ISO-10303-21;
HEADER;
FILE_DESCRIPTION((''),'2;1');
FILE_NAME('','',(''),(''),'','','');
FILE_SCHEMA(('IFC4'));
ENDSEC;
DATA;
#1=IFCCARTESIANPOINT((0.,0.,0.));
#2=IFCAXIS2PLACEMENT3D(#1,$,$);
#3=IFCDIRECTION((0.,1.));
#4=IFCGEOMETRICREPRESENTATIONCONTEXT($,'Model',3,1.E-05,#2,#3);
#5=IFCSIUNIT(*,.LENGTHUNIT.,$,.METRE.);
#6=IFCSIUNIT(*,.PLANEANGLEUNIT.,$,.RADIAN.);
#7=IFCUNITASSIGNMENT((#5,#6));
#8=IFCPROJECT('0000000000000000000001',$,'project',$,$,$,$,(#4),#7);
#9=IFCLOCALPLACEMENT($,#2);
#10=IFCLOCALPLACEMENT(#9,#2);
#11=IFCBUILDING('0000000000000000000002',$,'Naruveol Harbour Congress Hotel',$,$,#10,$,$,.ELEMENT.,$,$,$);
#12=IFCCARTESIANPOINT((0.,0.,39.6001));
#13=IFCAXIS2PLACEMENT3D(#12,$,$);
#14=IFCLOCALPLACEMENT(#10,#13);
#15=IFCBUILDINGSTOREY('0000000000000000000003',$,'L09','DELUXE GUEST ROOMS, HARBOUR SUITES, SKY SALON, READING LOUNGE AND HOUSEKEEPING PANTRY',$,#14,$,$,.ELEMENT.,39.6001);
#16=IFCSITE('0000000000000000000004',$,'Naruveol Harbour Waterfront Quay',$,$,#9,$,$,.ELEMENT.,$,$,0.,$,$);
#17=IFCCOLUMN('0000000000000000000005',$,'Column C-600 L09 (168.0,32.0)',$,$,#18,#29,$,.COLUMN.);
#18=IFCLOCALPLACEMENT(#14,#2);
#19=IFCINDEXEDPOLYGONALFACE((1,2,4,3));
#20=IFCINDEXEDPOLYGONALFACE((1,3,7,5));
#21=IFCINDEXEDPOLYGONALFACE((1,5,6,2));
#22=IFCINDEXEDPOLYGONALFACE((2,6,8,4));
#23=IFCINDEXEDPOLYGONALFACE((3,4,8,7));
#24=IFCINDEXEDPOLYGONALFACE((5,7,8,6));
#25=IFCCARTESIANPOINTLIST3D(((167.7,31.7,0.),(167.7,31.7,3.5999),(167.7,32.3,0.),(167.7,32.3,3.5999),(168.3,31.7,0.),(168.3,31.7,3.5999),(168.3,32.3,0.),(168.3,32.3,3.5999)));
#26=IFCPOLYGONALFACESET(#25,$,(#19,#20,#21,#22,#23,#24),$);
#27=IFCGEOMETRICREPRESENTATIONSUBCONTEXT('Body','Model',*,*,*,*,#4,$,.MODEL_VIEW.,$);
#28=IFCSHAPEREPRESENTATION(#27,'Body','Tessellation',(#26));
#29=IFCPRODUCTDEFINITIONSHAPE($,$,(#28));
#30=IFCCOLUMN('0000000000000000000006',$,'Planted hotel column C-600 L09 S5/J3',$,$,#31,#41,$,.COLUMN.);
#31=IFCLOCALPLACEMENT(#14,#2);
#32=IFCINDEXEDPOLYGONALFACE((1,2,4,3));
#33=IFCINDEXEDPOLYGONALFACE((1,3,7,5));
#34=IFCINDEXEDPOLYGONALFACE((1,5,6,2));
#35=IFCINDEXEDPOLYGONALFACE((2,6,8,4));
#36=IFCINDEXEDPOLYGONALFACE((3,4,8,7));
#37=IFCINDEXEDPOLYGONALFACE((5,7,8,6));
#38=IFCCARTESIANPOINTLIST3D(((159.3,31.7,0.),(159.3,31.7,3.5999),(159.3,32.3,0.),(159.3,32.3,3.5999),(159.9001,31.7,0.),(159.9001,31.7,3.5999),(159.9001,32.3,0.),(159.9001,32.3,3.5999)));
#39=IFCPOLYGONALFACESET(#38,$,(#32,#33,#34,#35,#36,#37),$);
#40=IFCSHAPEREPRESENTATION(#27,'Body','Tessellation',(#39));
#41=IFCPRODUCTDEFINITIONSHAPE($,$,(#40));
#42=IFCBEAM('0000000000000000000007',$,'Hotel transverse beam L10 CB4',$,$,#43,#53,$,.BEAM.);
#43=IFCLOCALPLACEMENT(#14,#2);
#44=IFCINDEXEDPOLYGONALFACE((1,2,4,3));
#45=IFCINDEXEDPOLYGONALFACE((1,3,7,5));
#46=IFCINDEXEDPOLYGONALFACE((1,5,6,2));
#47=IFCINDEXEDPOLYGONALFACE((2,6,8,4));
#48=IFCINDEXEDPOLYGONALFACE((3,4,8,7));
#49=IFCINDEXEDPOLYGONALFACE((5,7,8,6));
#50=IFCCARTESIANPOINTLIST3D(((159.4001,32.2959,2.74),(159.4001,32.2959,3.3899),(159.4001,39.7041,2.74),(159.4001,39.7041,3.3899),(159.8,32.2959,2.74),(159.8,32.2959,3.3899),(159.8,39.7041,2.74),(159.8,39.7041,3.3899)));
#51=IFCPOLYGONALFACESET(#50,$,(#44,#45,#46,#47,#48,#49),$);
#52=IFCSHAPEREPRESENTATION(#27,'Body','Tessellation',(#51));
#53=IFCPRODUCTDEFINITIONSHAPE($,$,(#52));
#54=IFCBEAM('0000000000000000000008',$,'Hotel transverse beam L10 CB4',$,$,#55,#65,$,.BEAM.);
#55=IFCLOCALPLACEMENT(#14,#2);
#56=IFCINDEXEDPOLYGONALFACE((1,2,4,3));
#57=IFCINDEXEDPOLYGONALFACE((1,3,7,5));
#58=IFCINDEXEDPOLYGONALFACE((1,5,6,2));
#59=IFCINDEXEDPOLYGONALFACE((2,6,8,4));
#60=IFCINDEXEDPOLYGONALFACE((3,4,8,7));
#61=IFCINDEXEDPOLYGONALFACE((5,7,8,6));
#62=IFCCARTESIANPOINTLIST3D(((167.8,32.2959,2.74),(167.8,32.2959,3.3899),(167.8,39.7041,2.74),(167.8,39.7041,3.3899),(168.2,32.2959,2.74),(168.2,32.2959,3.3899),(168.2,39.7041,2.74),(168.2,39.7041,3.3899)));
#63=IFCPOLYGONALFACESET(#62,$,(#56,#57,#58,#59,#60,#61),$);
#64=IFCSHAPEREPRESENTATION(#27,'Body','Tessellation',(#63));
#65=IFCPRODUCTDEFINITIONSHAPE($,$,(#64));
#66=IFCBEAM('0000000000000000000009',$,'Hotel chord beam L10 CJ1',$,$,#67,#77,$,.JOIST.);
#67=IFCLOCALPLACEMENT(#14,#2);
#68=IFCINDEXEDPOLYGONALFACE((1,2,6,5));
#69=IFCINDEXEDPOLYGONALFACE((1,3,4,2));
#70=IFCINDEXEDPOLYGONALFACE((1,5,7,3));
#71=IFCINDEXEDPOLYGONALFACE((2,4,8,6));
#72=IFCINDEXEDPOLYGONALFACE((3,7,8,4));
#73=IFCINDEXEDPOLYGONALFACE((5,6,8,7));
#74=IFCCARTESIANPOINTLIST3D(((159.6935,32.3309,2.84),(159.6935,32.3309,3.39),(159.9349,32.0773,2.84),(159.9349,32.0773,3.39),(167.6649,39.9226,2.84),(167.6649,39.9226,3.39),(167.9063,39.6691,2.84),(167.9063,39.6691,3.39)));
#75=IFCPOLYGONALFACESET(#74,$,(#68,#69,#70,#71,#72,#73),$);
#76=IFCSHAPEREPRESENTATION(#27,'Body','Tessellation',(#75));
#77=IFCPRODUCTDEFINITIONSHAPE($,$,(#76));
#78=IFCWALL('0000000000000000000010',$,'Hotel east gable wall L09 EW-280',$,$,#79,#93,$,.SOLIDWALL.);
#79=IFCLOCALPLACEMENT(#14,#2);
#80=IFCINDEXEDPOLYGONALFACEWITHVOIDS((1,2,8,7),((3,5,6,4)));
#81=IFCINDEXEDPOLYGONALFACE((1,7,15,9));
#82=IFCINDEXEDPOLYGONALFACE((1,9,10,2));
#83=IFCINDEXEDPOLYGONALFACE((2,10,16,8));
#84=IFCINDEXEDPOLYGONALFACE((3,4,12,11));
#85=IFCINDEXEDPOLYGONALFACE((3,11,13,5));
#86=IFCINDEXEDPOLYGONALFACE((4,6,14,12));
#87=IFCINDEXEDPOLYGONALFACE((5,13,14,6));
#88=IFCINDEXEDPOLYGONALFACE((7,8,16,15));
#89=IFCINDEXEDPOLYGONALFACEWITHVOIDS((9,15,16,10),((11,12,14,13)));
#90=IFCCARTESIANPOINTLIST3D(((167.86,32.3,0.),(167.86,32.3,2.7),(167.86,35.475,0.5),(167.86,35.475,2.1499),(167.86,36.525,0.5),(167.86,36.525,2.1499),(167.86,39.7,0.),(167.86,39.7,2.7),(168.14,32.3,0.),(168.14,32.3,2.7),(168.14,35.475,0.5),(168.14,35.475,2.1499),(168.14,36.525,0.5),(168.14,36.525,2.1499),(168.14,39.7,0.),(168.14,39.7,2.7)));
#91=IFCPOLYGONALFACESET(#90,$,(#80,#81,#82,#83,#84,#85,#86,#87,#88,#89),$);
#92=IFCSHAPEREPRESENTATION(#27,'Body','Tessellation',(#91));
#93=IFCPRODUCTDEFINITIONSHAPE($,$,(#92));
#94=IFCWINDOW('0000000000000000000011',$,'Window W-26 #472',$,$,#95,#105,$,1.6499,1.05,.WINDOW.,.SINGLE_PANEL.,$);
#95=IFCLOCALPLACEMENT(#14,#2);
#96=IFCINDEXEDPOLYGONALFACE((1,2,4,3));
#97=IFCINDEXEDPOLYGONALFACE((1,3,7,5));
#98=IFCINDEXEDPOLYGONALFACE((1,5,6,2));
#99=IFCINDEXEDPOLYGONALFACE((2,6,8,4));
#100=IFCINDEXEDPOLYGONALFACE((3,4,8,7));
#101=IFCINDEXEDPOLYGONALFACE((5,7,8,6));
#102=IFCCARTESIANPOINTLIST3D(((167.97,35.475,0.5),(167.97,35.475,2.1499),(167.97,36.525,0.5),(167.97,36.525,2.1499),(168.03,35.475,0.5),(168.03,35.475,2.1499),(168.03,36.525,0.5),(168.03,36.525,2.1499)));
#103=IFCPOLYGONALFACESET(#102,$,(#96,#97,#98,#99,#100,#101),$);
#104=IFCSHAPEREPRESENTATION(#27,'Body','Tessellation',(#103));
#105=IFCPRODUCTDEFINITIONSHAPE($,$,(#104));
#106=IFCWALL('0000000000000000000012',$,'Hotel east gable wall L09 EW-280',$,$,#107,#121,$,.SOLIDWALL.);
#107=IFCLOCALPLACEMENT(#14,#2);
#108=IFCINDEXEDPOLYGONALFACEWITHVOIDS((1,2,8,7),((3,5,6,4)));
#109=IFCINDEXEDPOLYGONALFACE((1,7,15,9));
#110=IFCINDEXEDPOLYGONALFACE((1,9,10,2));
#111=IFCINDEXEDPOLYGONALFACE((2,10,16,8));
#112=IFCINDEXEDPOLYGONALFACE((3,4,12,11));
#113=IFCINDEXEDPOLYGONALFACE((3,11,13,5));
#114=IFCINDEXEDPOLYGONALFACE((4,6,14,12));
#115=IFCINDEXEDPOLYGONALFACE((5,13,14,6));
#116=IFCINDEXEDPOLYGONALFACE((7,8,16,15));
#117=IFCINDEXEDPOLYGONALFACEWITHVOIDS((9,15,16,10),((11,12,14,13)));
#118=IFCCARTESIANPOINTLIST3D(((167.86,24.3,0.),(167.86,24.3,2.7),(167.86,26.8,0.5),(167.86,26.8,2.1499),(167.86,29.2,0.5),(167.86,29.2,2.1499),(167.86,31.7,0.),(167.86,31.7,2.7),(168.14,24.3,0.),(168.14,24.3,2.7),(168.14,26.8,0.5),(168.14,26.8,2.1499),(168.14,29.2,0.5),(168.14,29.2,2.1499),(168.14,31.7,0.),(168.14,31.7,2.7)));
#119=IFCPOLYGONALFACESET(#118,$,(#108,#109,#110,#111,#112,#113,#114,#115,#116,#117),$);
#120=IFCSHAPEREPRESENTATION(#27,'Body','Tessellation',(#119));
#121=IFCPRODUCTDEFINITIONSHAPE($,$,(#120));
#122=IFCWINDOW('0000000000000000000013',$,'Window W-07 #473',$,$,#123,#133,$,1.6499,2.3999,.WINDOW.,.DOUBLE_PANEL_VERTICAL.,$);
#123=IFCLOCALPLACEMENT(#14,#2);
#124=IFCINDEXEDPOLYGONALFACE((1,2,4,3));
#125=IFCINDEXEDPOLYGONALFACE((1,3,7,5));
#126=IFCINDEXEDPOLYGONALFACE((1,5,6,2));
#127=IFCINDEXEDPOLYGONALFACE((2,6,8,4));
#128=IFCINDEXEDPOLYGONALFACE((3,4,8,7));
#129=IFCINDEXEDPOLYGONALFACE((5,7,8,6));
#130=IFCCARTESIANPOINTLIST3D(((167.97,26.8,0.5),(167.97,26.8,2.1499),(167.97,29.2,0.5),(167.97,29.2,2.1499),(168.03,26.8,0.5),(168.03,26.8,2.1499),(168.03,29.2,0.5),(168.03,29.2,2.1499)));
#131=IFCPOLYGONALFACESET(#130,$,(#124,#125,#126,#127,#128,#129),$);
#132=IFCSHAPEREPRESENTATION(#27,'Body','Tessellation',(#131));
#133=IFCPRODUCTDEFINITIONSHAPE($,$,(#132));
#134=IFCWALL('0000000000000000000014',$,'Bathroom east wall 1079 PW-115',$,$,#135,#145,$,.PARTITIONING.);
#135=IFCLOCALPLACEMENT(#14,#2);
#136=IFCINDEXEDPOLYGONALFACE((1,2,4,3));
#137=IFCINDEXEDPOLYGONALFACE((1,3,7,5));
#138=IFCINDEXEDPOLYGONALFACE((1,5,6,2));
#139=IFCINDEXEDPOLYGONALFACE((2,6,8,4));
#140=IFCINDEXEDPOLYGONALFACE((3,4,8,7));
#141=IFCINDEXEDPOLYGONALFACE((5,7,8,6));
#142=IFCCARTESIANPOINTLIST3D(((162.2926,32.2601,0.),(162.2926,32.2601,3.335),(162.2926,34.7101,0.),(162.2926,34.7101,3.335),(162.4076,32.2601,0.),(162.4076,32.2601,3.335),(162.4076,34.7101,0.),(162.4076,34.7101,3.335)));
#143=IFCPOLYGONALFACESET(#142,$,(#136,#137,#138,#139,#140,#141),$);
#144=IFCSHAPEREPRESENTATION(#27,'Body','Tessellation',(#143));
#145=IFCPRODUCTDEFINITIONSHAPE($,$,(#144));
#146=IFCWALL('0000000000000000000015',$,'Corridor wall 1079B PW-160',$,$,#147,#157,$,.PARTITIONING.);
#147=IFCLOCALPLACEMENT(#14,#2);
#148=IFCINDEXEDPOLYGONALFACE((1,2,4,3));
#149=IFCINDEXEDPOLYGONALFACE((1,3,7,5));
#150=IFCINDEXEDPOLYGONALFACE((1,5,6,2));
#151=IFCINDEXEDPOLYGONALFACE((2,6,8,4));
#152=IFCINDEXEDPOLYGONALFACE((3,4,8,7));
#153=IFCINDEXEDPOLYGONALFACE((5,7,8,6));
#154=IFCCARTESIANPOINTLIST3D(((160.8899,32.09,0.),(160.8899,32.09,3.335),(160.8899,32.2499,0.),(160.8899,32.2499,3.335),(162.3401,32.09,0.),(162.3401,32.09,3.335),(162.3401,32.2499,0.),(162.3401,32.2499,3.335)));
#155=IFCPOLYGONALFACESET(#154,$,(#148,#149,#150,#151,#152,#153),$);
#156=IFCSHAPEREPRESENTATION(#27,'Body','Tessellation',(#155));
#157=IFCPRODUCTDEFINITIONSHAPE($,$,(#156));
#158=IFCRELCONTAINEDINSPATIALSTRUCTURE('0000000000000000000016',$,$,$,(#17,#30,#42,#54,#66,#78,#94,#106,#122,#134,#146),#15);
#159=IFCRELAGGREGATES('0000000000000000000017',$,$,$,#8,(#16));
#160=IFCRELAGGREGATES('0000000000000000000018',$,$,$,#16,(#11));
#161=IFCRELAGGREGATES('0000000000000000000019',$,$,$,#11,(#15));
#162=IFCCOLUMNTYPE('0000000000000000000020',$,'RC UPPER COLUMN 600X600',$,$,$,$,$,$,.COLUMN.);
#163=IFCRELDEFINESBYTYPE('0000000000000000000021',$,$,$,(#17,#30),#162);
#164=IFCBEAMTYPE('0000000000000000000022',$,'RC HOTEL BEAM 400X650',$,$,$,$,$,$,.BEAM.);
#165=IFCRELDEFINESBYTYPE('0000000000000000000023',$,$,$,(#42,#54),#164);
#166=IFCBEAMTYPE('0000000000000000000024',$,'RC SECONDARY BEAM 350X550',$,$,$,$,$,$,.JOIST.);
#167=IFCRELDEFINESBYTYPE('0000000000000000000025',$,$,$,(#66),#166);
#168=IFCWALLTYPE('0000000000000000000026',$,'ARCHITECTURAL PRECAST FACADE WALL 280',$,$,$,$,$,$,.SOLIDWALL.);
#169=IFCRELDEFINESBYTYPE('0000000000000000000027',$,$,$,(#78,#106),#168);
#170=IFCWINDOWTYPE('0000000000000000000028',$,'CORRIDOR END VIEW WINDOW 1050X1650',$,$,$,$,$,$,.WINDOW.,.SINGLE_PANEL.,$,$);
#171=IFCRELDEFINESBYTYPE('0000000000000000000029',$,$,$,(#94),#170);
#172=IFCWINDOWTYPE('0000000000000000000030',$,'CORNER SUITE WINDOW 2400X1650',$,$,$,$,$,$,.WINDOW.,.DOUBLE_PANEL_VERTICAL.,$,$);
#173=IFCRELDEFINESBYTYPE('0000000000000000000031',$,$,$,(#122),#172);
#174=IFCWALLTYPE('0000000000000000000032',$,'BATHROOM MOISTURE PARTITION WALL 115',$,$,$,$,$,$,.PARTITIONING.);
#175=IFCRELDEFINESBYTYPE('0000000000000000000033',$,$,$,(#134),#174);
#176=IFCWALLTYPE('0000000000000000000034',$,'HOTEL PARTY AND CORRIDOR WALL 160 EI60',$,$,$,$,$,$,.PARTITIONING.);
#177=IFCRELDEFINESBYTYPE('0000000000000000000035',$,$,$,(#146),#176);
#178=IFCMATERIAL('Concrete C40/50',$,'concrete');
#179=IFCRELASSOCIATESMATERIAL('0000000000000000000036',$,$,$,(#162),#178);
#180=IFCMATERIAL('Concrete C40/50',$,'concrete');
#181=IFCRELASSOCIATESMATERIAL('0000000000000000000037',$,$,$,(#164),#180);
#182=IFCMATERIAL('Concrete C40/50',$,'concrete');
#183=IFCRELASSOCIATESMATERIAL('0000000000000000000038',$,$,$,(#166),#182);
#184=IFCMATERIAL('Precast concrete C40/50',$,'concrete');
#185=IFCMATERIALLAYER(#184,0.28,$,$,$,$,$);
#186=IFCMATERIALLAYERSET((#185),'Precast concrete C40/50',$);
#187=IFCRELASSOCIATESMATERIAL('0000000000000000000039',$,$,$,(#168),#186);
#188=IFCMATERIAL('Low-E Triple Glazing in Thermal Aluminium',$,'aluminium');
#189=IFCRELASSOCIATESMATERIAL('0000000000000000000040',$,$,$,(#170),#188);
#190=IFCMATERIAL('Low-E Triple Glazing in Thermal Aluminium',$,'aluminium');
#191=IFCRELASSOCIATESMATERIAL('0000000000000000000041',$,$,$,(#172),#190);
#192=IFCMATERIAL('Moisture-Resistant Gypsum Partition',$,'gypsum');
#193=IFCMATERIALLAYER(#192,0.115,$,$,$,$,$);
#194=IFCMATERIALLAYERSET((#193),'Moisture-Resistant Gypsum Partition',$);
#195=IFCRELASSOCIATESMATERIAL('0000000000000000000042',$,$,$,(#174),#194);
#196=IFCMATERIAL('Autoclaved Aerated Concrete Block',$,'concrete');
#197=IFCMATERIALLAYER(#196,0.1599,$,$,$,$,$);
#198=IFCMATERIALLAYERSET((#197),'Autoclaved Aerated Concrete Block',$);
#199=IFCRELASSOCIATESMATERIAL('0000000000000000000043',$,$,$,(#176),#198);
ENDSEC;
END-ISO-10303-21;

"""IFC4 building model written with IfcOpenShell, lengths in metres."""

from ifc_helpers import new_model, si_unit, direction, frame, frame_2d, origin, origin_2d, place, context, subcontext, project, spatial, rectangle, extrude, material, layer, layer_set, material_profile, profile_set, type_object, element, fill, save


model = new_model("IFC4")

# Units and contexts
model_context = context("Model", 3, precision=1e-05, world=origin(), true_north=direction((0.0, 1.0)))
body_context = subcontext(model_context, "Body", "Model", "MODEL_VIEW")
ifc_project = project(units=[si_unit("LENGTHUNIT", "METRE"), si_unit("PLANEANGLEUNIT", "RADIAN")], contexts=[model_context])

# Site, building, storey
site_placement = place(None, origin())
site = spatial("IfcSite", under=ifc_project, at=site_placement, Name="Naruveol Harbour Waterfront Quay", CompositionType="ELEMENT", RefElevation=0.0)
building_placement = place(site_placement, origin())
building = spatial("IfcBuilding", under=site, at=building_placement, Name="Naruveol Harbour Congress Hotel", CompositionType="ELEMENT")
storey_placement = place(building_placement, frame((0.0, 0.0, 39.6001)))
storey = spatial("IfcBuildingStorey", under=building, at=storey_placement, Name="L09", Description="DELUXE GUEST ROOMS, HARBOUR SUITES, SKY SALON, READING LOUNGE AND HOUSEKEEPING PANTRY", CompositionType="ELEMENT", Elevation=39.6001)

# Columns
ifc_material_1 = material(Name="Concrete C40/50", Category="concrete")
ifc_material_profile_1 = material_profile(ifc_material_1, rectangle(XDim=0.6001, YDim=0.6001, at=origin_2d()), Name="RC-600x600")
ifc_profile_set_1 = profile_set([ifc_material_profile_1], Name="Concrete C40/50")
column_type = type_object("IfcColumnType", Name="RC UPPER COLUMN 600X600", PredefinedType="COLUMN", material=ifc_profile_set_1)
for number, where, z_axis, x_axis, name in (
    (1, (168.0, 32.0, 0.0), (0.0, 0.0, 1.0), (1.0, 0.0, 0.0), "Column C-600 L09 (168.0,32.0)"),
    (2, (159.6001, 32.0, 0.0), (0.0, 0.0, 1.0), (1.0, 0.0, 0.0), "Planted hotel column C-600 L09 S5/J3"),
):
    element("IfcColumn", number, at=place(storey_placement, frame(where, z_axis=z_axis, x_axis=x_axis)), inside=storey, type_object=column_type, Name=name, PredefinedType="COLUMN", context=body_context, shape_type="SweptSolid", body=[
        extrude(rectangle(XDim=0.6001, YDim=0.6001, at=origin_2d()), origin(), (0.0, 0.0, 1.0), 3.5999),
    ])

# Beams
ifc_material_2 = material(Name="Concrete C40/50", Category="concrete")
ifc_material_profile_2 = material_profile(ifc_material_2, rectangle(XDim=0.3999, YDim=0.6499, at=origin_2d()), Name="RCB-400x650")
ifc_profile_set_2 = profile_set([ifc_material_profile_2], Name="Concrete C40/50")
beam_type_1 = type_object("IfcBeamType", Name="RC HOTEL BEAM 400X650", PredefinedType="BEAM", material=ifc_profile_set_2)
for number, where, z_axis, x_axis, name in (
    (3, (159.6001, 32.2959, 3.0649), (0.0, 1.0, 0.0), (-1.0, 0.0, 0.0), "Hotel transverse beam L10 CB4"),
    (4, (168.0, 32.2959, 3.0649), (0.0, 1.0, 0.0), (-1.0, 0.0, 0.0), "Hotel transverse beam L10 CB4"),
):
    element("IfcBeam", number, at=place(storey_placement, frame(where, z_axis=z_axis, x_axis=x_axis)), inside=storey, type_object=beam_type_1, Name=name, PredefinedType="BEAM", context=body_context, shape_type="SweptSolid", body=[
        extrude(rectangle(XDim=0.3999, YDim=0.6499, at=origin_2d()), origin(), (0.0, 0.0, 1.0), 7.4082),
    ])
ifc_material_3 = material(Name="Concrete C40/50", Category="concrete")
ifc_material_profile_3 = material_profile(ifc_material_3, rectangle(XDim=0.3501, YDim=0.55, at=origin_2d()), Name="RCB-350x550")
ifc_profile_set_3 = profile_set([ifc_material_profile_3], Name="Concrete C40/50")
beam_type_2 = type_object("IfcBeamType", Name="RC SECONDARY BEAM 350X550", PredefinedType="JOIST", material=ifc_profile_set_3)
beam_placement = place(storey_placement, frame((159.8142, 32.2041, 3.115), z_axis=(0.72414, 0.689653, 0.0), x_axis=(-0.689653, 0.72414, 0.0)))
element("IfcBeam", 5, at=beam_placement, inside=storey, type_object=beam_type_2, Name="Hotel chord beam L10 CJ1", PredefinedType="JOIST", context=body_context, shape_type="SweptSolid", body=[
    extrude(rectangle(XDim=0.3501, YDim=0.55, at=origin_2d()), origin(), (0.0, 0.0, 1.0), 11.0081),
])

# Walls, openings, windows
ifc_material_4 = material(Name="Precast concrete C40/50", Category="concrete")
ifc_layer_1 = layer(ifc_material_4, 0.28)
ifc_layer_set_1 = layer_set([ifc_layer_1], Name="Precast concrete C40/50")
wall_type_1 = type_object("IfcWallType", Name="ARCHITECTURAL PRECAST FACADE WALL 280", PredefinedType="SOLIDWALL", material=ifc_layer_set_1)
wall_1_placement = place(storey_placement, frame((168.0, 39.7, 0.0), z_axis=(0.0, 0.0, 1.0), x_axis=(0.0, -1.0, 0.0)))
wall_1 = element("IfcWall", 6, at=wall_1_placement, inside=storey, type_object=wall_type_1, Name="Hotel east gable wall L09 EW-280", PredefinedType="SOLIDWALL", context=body_context, shape_type="SweptSolid", body=[
    extrude(rectangle(XDim=7.3999, YDim=0.28, at=frame_2d((3.7, 0.0))), origin(), (0.0, 0.0, 1.0), 2.7),
])
opening_1_placement = place(wall_1_placement, frame((3.175, 0.0, 0.5)))
opening_1 = element("IfcOpeningElement", 7, at=opening_1_placement, cuts=wall_1, PredefinedType="OPENING", context=body_context, shape_type="SweptSolid", body=[
    extrude(rectangle(XDim=1.05, YDim=1.6499, at=frame_2d((0.5249, 0.825))), frame((0.0, 0.1499, 0.0), z_axis=(0.0, -1.0, 0.0), x_axis=(1.0, 0.0, 0.0)), (0.0, 0.0, 1.0), 0.3),
])
ifc_material_5 = material(Name="Low-E Triple Glazing in Thermal Aluminium", Category="aluminium")
window_type_1 = type_object("IfcWindowType", Name="CORRIDOR END VIEW WINDOW 1050X1650", PartitioningType="SINGLE_PANEL", PredefinedType="WINDOW", material=ifc_material_5)
window_1_placement = place(opening_1_placement, origin())
window_1 = element("IfcWindow", 8, at=window_1_placement, inside=storey, type_object=window_type_1, Name="Window W-26 #472", OverallHeight=1.6499, OverallWidth=1.05, PartitioningType="SINGLE_PANEL", PredefinedType="WINDOW", context=body_context, shape_type="SweptSolid", body=[
    extrude(rectangle(XDim=1.05, YDim=1.6499, at=frame_2d((0.5249, 0.825))), frame((0.0, 0.03, 0.0), z_axis=(0.0, -1.0, 0.0), x_axis=(1.0, 0.0, 0.0)), (0.0, 0.0, 1.0), 0.0601),
])
fill(opening_1, window_1)
wall_2_placement = place(storey_placement, frame((168.0, 31.7, 0.0), z_axis=(0.0, 0.0, 1.0), x_axis=(0.0, -1.0, 0.0)))
wall_2 = element("IfcWall", 9, at=wall_2_placement, inside=storey, type_object=wall_type_1, Name="Hotel east gable wall L09 EW-280", PredefinedType="SOLIDWALL", context=body_context, shape_type="SweptSolid", body=[
    extrude(rectangle(XDim=7.3999, YDim=0.28, at=frame_2d((3.7, 0.0))), origin(), (0.0, 0.0, 1.0), 2.7),
])
opening_2_placement = place(wall_2_placement, frame((2.5, 0.0, 0.5)))
opening_2 = element("IfcOpeningElement", 10, at=opening_2_placement, cuts=wall_2, PredefinedType="OPENING", context=body_context, shape_type="SweptSolid", body=[
    extrude(rectangle(XDim=2.3999, YDim=1.6499, at=frame_2d((1.2, 0.825))), frame((0.0, 0.1499, 0.0), z_axis=(0.0, -1.0, 0.0), x_axis=(1.0, 0.0, 0.0)), (0.0, 0.0, 1.0), 0.3),
])
ifc_material_6 = material(Name="Low-E Triple Glazing in Thermal Aluminium", Category="aluminium")
window_type_2 = type_object("IfcWindowType", Name="CORNER SUITE WINDOW 2400X1650", PartitioningType="DOUBLE_PANEL_VERTICAL", PredefinedType="WINDOW", material=ifc_material_6)
window_2_placement = place(opening_2_placement, origin())
window_2 = element("IfcWindow", 11, at=window_2_placement, inside=storey, type_object=window_type_2, Name="Window W-07 #473", OverallHeight=1.6499, OverallWidth=2.3999, PartitioningType="DOUBLE_PANEL_VERTICAL", PredefinedType="WINDOW", context=body_context, shape_type="SweptSolid", body=[
    extrude(rectangle(XDim=2.3999, YDim=1.6499, at=frame_2d((1.2, 0.825))), frame((0.0, 0.03, 0.0), z_axis=(0.0, -1.0, 0.0), x_axis=(1.0, 0.0, 0.0)), (0.0, 0.0, 1.0), 0.0601),
])
fill(opening_2, window_2)

# Wall
ifc_material_7 = material(Name="Moisture-Resistant Gypsum Partition", Category="gypsum")
ifc_layer_2 = layer(ifc_material_7, 0.115)
ifc_layer_set_2 = layer_set([ifc_layer_2], Name="Moisture-Resistant Gypsum Partition")
wall_type_2 = type_object("IfcWallType", Name="BATHROOM MOISTURE PARTITION WALL 115", PredefinedType="PARTITIONING", material=ifc_layer_set_2)
wall_3_placement = place(storey_placement, frame((162.3501, 32.26, 0.0), z_axis=(0.0, 0.0, 1.0), x_axis=(0.0, 1.0, 0.0)))
element("IfcWall", 12, at=wall_3_placement, inside=storey, type_object=wall_type_2, Name="Bathroom east wall 1079 PW-115", PredefinedType="PARTITIONING", context=body_context, shape_type="SweptSolid", body=[
    extrude(rectangle(XDim=2.45, YDim=0.115, at=frame_2d((1.2251, 0.0))), origin(), (0.0, 0.0, 1.0), 3.335),
])

# Wall
ifc_material_8 = material(Name="Autoclaved Aerated Concrete Block", Category="concrete")
ifc_layer_3 = layer(ifc_material_8, 0.1599)
ifc_layer_set_3 = layer_set([ifc_layer_3], Name="Autoclaved Aerated Concrete Block")
wall_type_3 = type_object("IfcWallType", Name="HOTEL PARTY AND CORRIDOR WALL 160 EI60", PredefinedType="PARTITIONING", material=ifc_layer_set_3)
wall_4_placement = place(storey_placement, frame((160.8899, 32.1699, 0.0), z_axis=(0.0, 0.0, 1.0), x_axis=(1.0, 0.0, 0.0)))
element("IfcWall", 13, at=wall_4_placement, inside=storey, type_object=wall_type_3, Name="Corridor wall 1079B PW-160", PredefinedType="PARTITIONING", context=body_context, shape_type="SweptSolid", body=[
    extrude(rectangle(XDim=1.4502, YDim=0.1599, at=frame_2d((0.7251, 0.0))), origin(), (0.0, 0.0, 1.0), 3.335),
])

save(model, "model.ifc")
